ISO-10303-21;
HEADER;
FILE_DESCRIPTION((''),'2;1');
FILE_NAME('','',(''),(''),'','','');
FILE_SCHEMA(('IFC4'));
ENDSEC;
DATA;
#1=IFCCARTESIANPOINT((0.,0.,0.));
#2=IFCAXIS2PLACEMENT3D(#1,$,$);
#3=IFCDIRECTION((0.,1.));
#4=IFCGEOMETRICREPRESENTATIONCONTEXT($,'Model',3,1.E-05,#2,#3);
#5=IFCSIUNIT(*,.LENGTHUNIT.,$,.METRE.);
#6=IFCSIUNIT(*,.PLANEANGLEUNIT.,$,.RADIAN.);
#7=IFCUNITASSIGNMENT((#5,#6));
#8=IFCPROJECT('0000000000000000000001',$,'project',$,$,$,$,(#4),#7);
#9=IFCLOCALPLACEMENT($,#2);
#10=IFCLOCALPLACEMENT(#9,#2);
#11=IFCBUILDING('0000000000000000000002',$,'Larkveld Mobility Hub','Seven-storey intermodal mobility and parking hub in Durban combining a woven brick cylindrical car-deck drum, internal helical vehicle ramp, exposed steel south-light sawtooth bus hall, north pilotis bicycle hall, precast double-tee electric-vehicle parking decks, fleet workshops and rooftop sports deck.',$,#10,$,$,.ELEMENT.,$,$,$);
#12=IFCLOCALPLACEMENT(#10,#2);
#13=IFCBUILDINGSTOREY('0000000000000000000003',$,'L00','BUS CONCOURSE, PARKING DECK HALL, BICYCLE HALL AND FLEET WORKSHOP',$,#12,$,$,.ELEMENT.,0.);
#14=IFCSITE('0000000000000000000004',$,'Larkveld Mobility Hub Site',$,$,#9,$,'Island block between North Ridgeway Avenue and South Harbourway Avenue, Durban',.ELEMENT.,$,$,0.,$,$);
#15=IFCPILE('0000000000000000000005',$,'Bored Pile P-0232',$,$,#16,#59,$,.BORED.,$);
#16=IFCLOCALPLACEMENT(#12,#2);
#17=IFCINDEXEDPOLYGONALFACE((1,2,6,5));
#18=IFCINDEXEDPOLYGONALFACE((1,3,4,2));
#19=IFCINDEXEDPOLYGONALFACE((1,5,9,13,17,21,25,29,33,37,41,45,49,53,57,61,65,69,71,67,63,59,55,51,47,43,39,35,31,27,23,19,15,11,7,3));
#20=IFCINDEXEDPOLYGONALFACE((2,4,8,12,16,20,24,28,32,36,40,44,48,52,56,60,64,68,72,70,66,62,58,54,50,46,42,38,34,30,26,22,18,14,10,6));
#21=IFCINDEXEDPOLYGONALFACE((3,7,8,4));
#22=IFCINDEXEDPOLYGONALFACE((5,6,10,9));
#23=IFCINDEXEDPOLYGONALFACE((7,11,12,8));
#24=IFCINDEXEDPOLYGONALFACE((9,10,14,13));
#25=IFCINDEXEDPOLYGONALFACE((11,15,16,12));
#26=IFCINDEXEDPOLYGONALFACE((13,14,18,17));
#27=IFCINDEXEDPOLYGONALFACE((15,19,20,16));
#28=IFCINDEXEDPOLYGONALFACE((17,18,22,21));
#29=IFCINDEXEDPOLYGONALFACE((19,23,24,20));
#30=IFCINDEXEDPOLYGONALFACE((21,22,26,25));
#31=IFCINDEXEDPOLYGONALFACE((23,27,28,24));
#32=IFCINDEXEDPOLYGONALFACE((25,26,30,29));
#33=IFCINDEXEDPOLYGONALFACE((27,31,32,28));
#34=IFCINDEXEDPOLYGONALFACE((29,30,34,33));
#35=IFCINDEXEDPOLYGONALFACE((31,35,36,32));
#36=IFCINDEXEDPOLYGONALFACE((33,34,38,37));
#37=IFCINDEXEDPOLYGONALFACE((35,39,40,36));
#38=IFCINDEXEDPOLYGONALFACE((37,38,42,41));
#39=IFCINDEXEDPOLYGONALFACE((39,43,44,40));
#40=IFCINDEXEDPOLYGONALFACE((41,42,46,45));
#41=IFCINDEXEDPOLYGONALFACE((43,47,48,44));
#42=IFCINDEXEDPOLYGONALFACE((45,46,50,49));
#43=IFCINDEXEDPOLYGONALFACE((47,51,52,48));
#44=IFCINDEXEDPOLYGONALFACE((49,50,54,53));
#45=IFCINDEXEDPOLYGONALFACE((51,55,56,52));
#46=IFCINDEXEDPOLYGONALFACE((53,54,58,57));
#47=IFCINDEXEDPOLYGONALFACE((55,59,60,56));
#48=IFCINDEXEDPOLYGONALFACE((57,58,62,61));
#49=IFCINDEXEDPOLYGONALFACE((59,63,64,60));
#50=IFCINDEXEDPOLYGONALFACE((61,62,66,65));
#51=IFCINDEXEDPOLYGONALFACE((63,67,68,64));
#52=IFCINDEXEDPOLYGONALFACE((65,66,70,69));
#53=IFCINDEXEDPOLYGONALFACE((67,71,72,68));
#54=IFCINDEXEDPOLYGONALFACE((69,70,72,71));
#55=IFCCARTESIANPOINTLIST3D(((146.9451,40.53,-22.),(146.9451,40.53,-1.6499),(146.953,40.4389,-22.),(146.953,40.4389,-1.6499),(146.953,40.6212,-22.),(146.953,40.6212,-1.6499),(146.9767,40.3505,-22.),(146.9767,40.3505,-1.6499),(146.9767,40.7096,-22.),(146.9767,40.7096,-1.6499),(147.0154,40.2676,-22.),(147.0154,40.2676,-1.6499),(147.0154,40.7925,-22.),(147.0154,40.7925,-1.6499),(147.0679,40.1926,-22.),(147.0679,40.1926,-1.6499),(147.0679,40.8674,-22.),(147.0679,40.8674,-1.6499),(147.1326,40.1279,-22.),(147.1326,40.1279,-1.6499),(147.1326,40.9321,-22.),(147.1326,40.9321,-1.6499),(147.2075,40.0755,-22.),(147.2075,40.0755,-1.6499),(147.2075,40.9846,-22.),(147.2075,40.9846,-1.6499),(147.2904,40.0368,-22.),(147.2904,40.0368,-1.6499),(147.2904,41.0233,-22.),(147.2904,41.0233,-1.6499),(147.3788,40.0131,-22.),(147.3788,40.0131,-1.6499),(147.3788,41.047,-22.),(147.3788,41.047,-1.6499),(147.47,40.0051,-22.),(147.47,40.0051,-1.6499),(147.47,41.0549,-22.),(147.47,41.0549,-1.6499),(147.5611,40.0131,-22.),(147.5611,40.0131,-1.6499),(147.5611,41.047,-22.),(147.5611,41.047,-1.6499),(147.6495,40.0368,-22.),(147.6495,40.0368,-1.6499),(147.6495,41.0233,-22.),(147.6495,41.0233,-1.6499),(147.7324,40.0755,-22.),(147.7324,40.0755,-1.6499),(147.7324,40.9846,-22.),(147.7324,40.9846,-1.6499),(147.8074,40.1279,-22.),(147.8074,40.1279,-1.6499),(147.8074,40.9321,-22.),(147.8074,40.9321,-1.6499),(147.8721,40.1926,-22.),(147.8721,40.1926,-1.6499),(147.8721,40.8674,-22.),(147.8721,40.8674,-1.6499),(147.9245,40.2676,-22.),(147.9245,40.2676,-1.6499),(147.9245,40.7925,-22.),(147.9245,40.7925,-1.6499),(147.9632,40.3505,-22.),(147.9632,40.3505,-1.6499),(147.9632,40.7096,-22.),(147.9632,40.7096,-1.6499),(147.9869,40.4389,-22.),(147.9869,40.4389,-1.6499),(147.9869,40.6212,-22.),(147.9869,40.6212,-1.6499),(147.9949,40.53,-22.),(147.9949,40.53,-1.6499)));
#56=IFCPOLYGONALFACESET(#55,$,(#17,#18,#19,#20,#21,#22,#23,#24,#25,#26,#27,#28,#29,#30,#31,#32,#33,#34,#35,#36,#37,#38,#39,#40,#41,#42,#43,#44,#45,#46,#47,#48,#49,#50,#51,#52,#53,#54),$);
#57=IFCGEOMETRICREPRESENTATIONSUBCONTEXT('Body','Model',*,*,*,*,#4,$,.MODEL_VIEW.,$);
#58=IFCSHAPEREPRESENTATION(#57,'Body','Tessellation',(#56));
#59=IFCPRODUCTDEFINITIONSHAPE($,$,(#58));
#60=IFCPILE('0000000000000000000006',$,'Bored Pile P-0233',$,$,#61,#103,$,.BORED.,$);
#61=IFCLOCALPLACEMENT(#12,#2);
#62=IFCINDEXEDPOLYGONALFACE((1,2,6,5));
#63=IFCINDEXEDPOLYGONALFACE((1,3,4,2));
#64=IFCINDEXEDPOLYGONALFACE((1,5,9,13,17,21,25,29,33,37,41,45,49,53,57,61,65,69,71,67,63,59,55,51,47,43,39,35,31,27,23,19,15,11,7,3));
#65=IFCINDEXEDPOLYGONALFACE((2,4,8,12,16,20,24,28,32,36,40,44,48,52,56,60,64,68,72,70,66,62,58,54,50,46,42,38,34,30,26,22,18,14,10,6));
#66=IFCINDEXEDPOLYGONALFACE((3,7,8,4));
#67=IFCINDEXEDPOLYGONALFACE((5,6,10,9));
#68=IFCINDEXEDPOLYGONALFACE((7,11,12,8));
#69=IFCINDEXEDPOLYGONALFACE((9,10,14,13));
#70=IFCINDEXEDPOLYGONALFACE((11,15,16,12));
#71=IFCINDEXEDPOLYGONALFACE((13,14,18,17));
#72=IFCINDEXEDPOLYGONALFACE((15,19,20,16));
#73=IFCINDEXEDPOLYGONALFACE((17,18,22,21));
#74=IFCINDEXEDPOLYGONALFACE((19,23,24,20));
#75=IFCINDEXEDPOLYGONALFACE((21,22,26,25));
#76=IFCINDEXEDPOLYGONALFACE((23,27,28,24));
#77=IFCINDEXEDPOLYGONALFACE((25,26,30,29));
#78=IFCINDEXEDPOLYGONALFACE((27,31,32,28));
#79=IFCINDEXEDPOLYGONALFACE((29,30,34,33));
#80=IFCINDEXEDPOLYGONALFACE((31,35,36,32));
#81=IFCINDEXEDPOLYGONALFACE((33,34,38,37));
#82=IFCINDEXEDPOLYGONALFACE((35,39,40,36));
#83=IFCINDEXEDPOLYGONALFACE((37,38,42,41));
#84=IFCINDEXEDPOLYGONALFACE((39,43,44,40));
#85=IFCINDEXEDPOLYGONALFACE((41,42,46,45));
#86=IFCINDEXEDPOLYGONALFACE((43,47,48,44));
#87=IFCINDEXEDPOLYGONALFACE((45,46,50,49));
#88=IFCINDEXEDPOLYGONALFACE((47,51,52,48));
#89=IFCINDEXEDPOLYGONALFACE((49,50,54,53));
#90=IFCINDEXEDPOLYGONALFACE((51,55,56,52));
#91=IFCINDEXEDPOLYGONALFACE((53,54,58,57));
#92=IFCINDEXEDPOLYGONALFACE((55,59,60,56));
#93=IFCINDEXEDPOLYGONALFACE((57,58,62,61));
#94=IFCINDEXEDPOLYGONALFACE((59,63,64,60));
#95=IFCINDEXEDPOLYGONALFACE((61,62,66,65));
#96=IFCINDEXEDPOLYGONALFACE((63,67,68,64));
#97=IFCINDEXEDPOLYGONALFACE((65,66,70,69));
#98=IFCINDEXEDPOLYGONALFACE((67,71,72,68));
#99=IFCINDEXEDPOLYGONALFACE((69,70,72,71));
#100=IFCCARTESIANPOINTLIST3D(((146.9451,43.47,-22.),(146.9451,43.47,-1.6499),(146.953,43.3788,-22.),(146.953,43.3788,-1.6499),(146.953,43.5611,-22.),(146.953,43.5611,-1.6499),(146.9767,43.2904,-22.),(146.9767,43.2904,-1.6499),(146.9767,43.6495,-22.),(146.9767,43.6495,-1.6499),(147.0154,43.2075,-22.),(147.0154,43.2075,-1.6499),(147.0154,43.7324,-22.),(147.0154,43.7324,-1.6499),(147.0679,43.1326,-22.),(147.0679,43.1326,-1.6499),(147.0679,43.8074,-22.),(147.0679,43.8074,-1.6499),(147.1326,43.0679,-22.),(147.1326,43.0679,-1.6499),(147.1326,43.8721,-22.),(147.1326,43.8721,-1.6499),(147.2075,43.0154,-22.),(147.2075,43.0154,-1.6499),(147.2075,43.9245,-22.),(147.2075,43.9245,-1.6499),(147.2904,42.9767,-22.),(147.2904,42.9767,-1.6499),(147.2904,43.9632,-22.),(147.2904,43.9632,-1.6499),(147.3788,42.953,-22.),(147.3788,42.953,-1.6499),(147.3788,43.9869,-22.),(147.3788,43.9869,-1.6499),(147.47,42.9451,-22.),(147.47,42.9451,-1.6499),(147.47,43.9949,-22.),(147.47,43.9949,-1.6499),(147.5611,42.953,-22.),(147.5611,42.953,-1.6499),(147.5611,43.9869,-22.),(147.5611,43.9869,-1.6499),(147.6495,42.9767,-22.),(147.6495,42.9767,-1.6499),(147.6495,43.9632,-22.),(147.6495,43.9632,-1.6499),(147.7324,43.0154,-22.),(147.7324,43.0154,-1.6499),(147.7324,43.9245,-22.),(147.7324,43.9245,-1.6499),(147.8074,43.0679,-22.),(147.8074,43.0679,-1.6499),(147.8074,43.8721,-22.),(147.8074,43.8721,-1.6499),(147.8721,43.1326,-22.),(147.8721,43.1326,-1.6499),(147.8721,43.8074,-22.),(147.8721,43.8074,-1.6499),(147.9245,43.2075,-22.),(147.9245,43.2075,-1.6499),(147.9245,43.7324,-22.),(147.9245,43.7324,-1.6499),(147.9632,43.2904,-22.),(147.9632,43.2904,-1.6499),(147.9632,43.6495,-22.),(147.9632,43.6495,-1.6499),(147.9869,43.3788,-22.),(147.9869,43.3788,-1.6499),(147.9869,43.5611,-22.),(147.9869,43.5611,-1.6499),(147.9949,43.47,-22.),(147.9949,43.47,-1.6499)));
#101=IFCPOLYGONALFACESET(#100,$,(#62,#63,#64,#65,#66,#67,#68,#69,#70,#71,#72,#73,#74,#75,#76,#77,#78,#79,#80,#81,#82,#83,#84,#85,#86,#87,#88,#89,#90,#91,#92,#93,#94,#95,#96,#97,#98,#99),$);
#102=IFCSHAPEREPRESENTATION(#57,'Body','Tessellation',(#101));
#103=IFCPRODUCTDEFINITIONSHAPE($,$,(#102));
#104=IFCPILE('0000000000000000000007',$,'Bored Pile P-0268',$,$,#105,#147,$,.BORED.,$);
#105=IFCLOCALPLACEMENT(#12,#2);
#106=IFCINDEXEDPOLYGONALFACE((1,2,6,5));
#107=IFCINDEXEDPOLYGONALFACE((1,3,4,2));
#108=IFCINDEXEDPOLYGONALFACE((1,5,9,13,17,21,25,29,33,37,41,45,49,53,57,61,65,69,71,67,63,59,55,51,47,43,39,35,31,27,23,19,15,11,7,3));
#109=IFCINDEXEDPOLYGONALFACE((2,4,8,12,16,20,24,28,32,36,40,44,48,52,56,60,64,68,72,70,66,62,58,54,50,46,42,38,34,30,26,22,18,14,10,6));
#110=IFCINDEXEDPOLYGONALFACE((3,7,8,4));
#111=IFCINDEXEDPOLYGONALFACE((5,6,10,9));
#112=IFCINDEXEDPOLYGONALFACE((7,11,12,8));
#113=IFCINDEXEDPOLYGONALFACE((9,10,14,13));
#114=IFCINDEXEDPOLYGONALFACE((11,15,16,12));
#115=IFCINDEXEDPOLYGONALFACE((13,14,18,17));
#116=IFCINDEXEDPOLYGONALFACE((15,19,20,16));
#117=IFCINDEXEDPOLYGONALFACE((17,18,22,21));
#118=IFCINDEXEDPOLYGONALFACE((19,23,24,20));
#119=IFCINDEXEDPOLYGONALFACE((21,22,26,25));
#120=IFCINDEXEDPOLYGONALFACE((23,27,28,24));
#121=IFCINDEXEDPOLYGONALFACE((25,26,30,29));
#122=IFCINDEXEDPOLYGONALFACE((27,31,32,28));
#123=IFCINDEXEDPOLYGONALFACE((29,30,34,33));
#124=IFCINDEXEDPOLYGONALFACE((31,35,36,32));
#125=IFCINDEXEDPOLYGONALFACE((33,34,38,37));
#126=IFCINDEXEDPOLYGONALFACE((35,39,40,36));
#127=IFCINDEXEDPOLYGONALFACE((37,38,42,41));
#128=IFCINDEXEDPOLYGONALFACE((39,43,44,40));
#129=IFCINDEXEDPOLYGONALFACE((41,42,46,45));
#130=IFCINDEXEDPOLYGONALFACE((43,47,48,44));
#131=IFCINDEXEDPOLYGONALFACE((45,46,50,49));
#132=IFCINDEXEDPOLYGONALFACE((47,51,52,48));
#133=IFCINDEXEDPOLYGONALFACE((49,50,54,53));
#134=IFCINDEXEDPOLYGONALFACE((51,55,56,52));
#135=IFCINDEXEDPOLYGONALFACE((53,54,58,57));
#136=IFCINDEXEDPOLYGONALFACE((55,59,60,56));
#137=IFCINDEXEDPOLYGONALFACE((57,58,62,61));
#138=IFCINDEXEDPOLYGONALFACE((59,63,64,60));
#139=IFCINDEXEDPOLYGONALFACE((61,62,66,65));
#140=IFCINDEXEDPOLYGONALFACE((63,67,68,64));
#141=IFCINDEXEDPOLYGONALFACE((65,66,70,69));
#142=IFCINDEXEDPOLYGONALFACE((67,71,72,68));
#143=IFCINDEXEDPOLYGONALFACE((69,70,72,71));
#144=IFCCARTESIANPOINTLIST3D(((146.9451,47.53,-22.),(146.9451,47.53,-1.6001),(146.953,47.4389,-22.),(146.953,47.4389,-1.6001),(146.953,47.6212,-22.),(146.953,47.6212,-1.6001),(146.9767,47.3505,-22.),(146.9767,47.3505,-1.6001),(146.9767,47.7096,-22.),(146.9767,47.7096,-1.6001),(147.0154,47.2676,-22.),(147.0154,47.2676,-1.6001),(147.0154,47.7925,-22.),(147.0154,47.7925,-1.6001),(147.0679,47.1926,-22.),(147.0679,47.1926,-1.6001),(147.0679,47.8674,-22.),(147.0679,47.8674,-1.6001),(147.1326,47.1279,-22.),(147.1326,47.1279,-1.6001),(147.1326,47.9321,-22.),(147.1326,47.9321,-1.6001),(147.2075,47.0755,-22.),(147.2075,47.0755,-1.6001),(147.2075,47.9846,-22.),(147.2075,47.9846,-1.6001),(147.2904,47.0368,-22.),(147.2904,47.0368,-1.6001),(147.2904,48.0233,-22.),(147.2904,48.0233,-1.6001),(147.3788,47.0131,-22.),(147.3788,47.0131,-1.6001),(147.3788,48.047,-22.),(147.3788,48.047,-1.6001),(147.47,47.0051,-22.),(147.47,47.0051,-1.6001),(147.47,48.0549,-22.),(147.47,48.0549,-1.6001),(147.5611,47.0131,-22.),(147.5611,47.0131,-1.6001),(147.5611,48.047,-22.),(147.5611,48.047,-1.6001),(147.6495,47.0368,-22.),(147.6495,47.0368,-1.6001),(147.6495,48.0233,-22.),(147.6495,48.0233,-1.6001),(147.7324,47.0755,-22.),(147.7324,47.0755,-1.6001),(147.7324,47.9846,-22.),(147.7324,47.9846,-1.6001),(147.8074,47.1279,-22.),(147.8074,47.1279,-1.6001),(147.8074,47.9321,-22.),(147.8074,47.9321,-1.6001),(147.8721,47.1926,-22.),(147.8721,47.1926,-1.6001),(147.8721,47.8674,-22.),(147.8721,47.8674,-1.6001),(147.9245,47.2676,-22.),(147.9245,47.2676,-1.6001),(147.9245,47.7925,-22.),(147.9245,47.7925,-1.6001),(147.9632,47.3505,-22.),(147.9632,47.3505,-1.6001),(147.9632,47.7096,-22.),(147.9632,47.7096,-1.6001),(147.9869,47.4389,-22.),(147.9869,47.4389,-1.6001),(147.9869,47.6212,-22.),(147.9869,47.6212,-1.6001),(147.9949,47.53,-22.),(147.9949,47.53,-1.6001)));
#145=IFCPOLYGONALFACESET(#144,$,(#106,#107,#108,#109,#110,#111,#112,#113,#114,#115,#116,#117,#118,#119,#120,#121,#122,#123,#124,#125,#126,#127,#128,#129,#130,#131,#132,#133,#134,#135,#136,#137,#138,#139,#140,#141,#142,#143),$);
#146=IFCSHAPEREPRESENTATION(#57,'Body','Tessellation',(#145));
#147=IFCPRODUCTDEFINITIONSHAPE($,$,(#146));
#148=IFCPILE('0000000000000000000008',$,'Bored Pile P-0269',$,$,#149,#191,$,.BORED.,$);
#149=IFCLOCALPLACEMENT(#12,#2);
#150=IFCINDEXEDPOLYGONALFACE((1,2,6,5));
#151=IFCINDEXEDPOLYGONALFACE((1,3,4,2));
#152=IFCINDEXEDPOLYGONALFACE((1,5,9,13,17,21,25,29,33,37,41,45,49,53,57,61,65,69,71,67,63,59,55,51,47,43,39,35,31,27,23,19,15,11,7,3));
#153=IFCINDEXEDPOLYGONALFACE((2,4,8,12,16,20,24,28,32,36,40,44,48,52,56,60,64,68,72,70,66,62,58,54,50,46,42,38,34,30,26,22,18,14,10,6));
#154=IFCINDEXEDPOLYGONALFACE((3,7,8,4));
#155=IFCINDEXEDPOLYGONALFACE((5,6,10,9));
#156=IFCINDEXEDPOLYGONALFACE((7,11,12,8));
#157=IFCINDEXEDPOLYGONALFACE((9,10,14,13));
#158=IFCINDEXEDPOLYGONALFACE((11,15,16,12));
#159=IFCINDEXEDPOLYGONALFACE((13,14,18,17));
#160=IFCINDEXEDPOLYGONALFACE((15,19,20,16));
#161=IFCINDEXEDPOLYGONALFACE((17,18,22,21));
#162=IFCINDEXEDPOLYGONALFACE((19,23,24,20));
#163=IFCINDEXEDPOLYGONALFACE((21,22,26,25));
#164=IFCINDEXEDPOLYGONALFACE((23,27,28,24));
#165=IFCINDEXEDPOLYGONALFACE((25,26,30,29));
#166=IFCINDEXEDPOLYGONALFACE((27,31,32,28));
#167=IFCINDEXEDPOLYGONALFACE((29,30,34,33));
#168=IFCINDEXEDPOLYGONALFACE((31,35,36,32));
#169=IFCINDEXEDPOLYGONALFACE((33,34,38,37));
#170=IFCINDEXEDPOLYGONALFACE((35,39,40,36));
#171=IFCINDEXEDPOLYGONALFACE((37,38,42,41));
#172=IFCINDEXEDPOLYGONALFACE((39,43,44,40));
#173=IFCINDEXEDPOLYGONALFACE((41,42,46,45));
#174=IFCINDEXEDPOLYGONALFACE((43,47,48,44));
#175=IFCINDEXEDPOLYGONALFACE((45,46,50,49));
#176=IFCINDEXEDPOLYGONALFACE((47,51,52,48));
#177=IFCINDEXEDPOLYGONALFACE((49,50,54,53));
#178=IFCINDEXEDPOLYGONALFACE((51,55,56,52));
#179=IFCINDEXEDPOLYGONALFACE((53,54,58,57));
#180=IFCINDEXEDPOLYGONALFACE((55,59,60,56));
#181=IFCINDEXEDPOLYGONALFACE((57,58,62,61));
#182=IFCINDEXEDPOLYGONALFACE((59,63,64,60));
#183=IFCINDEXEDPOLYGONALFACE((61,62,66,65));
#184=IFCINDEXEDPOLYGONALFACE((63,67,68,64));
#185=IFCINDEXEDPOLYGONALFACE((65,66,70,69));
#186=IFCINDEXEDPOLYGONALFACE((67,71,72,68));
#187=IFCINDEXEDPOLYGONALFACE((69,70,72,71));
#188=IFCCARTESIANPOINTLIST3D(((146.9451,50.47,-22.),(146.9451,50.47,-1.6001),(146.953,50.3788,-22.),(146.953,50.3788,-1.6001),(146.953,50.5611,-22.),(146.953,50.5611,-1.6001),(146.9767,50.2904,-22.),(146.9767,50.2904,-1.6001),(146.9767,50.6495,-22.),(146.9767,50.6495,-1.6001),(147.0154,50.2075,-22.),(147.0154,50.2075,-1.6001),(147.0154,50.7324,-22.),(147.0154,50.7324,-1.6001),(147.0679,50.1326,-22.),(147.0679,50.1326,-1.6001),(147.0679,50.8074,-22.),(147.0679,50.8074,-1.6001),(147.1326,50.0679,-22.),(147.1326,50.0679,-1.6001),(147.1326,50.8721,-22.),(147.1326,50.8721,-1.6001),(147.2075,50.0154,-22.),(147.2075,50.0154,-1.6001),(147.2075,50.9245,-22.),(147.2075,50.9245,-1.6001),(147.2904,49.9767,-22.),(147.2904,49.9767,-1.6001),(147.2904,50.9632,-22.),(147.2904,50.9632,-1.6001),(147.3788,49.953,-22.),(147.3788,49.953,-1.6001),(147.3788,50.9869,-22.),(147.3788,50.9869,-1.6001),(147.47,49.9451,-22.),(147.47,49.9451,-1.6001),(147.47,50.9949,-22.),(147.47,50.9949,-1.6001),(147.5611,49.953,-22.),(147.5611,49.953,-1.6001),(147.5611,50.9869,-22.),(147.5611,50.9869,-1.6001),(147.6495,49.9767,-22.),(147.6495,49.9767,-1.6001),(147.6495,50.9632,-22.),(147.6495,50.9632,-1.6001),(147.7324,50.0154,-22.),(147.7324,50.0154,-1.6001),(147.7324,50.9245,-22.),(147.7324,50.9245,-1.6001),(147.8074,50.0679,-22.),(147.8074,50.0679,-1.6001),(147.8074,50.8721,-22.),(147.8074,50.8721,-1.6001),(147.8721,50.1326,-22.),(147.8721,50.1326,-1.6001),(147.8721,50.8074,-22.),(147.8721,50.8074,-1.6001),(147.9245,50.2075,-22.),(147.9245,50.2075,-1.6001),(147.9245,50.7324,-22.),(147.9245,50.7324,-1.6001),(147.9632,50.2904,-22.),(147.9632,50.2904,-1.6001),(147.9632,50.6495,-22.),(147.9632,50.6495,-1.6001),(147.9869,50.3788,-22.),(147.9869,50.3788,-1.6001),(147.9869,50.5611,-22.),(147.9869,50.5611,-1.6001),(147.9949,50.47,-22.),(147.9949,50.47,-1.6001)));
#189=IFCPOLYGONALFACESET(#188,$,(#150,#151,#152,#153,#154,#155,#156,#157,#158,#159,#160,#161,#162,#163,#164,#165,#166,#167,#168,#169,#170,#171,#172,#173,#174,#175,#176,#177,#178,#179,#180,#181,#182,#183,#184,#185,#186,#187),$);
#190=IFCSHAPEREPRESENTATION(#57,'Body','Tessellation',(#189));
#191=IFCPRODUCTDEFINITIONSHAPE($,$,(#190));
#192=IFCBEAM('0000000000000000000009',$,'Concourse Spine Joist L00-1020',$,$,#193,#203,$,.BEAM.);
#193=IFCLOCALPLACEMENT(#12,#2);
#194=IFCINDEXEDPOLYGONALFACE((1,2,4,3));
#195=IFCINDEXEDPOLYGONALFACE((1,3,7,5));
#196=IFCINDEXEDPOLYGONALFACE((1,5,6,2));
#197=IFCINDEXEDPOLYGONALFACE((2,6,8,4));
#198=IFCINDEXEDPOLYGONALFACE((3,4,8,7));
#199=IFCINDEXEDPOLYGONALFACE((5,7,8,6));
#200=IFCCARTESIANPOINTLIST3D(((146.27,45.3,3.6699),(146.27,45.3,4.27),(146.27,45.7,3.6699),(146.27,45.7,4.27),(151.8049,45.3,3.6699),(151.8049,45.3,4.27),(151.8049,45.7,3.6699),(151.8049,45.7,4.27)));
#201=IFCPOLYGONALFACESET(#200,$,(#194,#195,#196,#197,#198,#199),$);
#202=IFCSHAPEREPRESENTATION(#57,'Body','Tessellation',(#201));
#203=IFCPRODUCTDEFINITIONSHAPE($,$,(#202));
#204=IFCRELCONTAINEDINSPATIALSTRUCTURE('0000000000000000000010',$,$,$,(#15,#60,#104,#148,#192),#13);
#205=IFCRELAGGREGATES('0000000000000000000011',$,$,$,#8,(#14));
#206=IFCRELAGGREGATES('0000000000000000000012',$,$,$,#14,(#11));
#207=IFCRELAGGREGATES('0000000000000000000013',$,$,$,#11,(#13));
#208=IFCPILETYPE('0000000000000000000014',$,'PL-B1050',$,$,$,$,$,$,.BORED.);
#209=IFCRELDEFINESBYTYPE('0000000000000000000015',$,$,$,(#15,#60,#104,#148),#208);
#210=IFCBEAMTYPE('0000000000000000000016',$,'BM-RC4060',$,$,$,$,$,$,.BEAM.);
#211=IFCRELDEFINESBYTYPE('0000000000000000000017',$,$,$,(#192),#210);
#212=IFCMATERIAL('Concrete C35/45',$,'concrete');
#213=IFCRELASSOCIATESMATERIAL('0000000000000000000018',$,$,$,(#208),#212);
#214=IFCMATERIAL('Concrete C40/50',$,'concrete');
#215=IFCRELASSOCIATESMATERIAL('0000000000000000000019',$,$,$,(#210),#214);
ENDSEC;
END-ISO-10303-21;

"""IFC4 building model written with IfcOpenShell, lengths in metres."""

from ifc_helpers import new_model, si_unit, direction, frame, origin, origin_2d, place, context, subcontext, project, spatial, rectangle, circle, extrude, material, material_profile, profile_set, type_object, element, save


model = new_model("IFC4")

# Units and contexts
model_context = context("Model", 3, precision=1e-05, world=origin(), true_north=direction((0.0, 1.0)))
body_context = subcontext(model_context, "Body", "Model", "MODEL_VIEW")
ifc_project = project(units=[si_unit("LENGTHUNIT", "METRE"), si_unit("PLANEANGLEUNIT", "RADIAN")], contexts=[model_context])

# Site, building, storey
site_placement = place(None, origin())
site = spatial("IfcSite", under=ifc_project, at=site_placement, Name="Larkveld Mobility Hub Site", LongName="Island block between North Ridgeway Avenue and South Harbourway Avenue, Durban", CompositionType="ELEMENT", RefElevation=0.0)
building_placement = place(site_placement, origin())
building = spatial("IfcBuilding", under=site, at=building_placement, Name="Larkveld Mobility Hub", Description="Seven-storey intermodal mobility and parking hub in Durban combining a woven brick cylindrical car-deck drum, internal helical vehicle ramp, exposed steel south-light sawtooth bus hall, north pilotis bicycle hall, precast double-tee electric-vehicle parking decks, fleet workshops and rooftop sports deck.", CompositionType="ELEMENT")
storey_placement = place(building_placement, origin())
storey = spatial("IfcBuildingStorey", under=building, at=storey_placement, Name="L00", Description="BUS CONCOURSE, PARKING DECK HALL, BICYCLE HALL AND FLEET WORKSHOP", CompositionType="ELEMENT", Elevation=0.0)

# Piles
ifc_material_1 = material(Name="Concrete C35/45", Category="concrete")
ifc_material_profile_1 = material_profile(ifc_material_1, circle(Radius=0.5249, at=origin_2d()), Name="PILE D1050")
ifc_profile_set_1 = profile_set([ifc_material_profile_1], Name="Concrete C35/45")
pile_type = type_object("IfcPileType", Name="PL-B1050", PredefinedType="BORED", material=ifc_profile_set_1)
for number, where, z_axis, x_axis, name in (
    (1, (147.47, 40.53, -1.6499), (0.0, 0.0, -1.0), (1.0, 0.0, 0.0), "Bored Pile P-0232"),
    (2, (147.47, 43.47, -1.6499), (0.0, 0.0, -1.0), (1.0, 0.0, 0.0), "Bored Pile P-0233"),
):
    element("IfcPile", number, at=place(storey_placement, frame(where, z_axis=z_axis, x_axis=x_axis)), inside=storey, type_object=pile_type, Name=name, PredefinedType="BORED", context=body_context, shape_type="SweptSolid", body=[
        extrude(circle(Radius=0.5249, at=origin_2d()), origin(), (0.0, 0.0, 1.0), 20.3501),
    ])
for number, where, z_axis, x_axis, name in (
    (3, (147.47, 47.53, -1.6001), (0.0, 0.0, -1.0), (1.0, 0.0, 0.0), "Bored Pile P-0268"),
    (4, (147.47, 50.47, -1.6001), (0.0, 0.0, -1.0), (1.0, 0.0, 0.0), "Bored Pile P-0269"),
):
    element("IfcPile", number, at=place(storey_placement, frame(where, z_axis=z_axis, x_axis=x_axis)), inside=storey, type_object=pile_type, Name=name, PredefinedType="BORED", context=body_context, shape_type="SweptSolid", body=[
        extrude(circle(Radius=0.5249, at=origin_2d()), origin(), (0.0, 0.0, 1.0), 20.3999),
    ])

# Beam
ifc_material_2 = material(Name="Concrete C40/50", Category="concrete")
ifc_material_profile_2 = material_profile(ifc_material_2, rectangle(XDim=0.3999, YDim=0.6001, at=origin_2d()), Name="RC BM 400x600")
ifc_profile_set_2 = profile_set([ifc_material_profile_2], Name="Concrete C40/50")
beam_type_1 = type_object("IfcBeamType", Name="BM-RC4060", PredefinedType="BEAM", material=ifc_profile_set_2)
beam_1_placement = place(storey_placement, frame((146.27, 45.5, 3.97), z_axis=(1.0, 0.0, 0.0), x_axis=(0.0, 1.0, 0.0)))
element("IfcBeam", 5, at=beam_1_placement, inside=storey, type_object=beam_type_1, Name="Concourse Spine Joist L00-1020", PredefinedType="BEAM", context=body_context, shape_type="SweptSolid", body=[
    extrude(rectangle(XDim=0.3999, YDim=0.6001, at=origin_2d()), origin(), (0.0, 0.0, 1.0), 5.5349),
])

save(model, "model.ifc")
